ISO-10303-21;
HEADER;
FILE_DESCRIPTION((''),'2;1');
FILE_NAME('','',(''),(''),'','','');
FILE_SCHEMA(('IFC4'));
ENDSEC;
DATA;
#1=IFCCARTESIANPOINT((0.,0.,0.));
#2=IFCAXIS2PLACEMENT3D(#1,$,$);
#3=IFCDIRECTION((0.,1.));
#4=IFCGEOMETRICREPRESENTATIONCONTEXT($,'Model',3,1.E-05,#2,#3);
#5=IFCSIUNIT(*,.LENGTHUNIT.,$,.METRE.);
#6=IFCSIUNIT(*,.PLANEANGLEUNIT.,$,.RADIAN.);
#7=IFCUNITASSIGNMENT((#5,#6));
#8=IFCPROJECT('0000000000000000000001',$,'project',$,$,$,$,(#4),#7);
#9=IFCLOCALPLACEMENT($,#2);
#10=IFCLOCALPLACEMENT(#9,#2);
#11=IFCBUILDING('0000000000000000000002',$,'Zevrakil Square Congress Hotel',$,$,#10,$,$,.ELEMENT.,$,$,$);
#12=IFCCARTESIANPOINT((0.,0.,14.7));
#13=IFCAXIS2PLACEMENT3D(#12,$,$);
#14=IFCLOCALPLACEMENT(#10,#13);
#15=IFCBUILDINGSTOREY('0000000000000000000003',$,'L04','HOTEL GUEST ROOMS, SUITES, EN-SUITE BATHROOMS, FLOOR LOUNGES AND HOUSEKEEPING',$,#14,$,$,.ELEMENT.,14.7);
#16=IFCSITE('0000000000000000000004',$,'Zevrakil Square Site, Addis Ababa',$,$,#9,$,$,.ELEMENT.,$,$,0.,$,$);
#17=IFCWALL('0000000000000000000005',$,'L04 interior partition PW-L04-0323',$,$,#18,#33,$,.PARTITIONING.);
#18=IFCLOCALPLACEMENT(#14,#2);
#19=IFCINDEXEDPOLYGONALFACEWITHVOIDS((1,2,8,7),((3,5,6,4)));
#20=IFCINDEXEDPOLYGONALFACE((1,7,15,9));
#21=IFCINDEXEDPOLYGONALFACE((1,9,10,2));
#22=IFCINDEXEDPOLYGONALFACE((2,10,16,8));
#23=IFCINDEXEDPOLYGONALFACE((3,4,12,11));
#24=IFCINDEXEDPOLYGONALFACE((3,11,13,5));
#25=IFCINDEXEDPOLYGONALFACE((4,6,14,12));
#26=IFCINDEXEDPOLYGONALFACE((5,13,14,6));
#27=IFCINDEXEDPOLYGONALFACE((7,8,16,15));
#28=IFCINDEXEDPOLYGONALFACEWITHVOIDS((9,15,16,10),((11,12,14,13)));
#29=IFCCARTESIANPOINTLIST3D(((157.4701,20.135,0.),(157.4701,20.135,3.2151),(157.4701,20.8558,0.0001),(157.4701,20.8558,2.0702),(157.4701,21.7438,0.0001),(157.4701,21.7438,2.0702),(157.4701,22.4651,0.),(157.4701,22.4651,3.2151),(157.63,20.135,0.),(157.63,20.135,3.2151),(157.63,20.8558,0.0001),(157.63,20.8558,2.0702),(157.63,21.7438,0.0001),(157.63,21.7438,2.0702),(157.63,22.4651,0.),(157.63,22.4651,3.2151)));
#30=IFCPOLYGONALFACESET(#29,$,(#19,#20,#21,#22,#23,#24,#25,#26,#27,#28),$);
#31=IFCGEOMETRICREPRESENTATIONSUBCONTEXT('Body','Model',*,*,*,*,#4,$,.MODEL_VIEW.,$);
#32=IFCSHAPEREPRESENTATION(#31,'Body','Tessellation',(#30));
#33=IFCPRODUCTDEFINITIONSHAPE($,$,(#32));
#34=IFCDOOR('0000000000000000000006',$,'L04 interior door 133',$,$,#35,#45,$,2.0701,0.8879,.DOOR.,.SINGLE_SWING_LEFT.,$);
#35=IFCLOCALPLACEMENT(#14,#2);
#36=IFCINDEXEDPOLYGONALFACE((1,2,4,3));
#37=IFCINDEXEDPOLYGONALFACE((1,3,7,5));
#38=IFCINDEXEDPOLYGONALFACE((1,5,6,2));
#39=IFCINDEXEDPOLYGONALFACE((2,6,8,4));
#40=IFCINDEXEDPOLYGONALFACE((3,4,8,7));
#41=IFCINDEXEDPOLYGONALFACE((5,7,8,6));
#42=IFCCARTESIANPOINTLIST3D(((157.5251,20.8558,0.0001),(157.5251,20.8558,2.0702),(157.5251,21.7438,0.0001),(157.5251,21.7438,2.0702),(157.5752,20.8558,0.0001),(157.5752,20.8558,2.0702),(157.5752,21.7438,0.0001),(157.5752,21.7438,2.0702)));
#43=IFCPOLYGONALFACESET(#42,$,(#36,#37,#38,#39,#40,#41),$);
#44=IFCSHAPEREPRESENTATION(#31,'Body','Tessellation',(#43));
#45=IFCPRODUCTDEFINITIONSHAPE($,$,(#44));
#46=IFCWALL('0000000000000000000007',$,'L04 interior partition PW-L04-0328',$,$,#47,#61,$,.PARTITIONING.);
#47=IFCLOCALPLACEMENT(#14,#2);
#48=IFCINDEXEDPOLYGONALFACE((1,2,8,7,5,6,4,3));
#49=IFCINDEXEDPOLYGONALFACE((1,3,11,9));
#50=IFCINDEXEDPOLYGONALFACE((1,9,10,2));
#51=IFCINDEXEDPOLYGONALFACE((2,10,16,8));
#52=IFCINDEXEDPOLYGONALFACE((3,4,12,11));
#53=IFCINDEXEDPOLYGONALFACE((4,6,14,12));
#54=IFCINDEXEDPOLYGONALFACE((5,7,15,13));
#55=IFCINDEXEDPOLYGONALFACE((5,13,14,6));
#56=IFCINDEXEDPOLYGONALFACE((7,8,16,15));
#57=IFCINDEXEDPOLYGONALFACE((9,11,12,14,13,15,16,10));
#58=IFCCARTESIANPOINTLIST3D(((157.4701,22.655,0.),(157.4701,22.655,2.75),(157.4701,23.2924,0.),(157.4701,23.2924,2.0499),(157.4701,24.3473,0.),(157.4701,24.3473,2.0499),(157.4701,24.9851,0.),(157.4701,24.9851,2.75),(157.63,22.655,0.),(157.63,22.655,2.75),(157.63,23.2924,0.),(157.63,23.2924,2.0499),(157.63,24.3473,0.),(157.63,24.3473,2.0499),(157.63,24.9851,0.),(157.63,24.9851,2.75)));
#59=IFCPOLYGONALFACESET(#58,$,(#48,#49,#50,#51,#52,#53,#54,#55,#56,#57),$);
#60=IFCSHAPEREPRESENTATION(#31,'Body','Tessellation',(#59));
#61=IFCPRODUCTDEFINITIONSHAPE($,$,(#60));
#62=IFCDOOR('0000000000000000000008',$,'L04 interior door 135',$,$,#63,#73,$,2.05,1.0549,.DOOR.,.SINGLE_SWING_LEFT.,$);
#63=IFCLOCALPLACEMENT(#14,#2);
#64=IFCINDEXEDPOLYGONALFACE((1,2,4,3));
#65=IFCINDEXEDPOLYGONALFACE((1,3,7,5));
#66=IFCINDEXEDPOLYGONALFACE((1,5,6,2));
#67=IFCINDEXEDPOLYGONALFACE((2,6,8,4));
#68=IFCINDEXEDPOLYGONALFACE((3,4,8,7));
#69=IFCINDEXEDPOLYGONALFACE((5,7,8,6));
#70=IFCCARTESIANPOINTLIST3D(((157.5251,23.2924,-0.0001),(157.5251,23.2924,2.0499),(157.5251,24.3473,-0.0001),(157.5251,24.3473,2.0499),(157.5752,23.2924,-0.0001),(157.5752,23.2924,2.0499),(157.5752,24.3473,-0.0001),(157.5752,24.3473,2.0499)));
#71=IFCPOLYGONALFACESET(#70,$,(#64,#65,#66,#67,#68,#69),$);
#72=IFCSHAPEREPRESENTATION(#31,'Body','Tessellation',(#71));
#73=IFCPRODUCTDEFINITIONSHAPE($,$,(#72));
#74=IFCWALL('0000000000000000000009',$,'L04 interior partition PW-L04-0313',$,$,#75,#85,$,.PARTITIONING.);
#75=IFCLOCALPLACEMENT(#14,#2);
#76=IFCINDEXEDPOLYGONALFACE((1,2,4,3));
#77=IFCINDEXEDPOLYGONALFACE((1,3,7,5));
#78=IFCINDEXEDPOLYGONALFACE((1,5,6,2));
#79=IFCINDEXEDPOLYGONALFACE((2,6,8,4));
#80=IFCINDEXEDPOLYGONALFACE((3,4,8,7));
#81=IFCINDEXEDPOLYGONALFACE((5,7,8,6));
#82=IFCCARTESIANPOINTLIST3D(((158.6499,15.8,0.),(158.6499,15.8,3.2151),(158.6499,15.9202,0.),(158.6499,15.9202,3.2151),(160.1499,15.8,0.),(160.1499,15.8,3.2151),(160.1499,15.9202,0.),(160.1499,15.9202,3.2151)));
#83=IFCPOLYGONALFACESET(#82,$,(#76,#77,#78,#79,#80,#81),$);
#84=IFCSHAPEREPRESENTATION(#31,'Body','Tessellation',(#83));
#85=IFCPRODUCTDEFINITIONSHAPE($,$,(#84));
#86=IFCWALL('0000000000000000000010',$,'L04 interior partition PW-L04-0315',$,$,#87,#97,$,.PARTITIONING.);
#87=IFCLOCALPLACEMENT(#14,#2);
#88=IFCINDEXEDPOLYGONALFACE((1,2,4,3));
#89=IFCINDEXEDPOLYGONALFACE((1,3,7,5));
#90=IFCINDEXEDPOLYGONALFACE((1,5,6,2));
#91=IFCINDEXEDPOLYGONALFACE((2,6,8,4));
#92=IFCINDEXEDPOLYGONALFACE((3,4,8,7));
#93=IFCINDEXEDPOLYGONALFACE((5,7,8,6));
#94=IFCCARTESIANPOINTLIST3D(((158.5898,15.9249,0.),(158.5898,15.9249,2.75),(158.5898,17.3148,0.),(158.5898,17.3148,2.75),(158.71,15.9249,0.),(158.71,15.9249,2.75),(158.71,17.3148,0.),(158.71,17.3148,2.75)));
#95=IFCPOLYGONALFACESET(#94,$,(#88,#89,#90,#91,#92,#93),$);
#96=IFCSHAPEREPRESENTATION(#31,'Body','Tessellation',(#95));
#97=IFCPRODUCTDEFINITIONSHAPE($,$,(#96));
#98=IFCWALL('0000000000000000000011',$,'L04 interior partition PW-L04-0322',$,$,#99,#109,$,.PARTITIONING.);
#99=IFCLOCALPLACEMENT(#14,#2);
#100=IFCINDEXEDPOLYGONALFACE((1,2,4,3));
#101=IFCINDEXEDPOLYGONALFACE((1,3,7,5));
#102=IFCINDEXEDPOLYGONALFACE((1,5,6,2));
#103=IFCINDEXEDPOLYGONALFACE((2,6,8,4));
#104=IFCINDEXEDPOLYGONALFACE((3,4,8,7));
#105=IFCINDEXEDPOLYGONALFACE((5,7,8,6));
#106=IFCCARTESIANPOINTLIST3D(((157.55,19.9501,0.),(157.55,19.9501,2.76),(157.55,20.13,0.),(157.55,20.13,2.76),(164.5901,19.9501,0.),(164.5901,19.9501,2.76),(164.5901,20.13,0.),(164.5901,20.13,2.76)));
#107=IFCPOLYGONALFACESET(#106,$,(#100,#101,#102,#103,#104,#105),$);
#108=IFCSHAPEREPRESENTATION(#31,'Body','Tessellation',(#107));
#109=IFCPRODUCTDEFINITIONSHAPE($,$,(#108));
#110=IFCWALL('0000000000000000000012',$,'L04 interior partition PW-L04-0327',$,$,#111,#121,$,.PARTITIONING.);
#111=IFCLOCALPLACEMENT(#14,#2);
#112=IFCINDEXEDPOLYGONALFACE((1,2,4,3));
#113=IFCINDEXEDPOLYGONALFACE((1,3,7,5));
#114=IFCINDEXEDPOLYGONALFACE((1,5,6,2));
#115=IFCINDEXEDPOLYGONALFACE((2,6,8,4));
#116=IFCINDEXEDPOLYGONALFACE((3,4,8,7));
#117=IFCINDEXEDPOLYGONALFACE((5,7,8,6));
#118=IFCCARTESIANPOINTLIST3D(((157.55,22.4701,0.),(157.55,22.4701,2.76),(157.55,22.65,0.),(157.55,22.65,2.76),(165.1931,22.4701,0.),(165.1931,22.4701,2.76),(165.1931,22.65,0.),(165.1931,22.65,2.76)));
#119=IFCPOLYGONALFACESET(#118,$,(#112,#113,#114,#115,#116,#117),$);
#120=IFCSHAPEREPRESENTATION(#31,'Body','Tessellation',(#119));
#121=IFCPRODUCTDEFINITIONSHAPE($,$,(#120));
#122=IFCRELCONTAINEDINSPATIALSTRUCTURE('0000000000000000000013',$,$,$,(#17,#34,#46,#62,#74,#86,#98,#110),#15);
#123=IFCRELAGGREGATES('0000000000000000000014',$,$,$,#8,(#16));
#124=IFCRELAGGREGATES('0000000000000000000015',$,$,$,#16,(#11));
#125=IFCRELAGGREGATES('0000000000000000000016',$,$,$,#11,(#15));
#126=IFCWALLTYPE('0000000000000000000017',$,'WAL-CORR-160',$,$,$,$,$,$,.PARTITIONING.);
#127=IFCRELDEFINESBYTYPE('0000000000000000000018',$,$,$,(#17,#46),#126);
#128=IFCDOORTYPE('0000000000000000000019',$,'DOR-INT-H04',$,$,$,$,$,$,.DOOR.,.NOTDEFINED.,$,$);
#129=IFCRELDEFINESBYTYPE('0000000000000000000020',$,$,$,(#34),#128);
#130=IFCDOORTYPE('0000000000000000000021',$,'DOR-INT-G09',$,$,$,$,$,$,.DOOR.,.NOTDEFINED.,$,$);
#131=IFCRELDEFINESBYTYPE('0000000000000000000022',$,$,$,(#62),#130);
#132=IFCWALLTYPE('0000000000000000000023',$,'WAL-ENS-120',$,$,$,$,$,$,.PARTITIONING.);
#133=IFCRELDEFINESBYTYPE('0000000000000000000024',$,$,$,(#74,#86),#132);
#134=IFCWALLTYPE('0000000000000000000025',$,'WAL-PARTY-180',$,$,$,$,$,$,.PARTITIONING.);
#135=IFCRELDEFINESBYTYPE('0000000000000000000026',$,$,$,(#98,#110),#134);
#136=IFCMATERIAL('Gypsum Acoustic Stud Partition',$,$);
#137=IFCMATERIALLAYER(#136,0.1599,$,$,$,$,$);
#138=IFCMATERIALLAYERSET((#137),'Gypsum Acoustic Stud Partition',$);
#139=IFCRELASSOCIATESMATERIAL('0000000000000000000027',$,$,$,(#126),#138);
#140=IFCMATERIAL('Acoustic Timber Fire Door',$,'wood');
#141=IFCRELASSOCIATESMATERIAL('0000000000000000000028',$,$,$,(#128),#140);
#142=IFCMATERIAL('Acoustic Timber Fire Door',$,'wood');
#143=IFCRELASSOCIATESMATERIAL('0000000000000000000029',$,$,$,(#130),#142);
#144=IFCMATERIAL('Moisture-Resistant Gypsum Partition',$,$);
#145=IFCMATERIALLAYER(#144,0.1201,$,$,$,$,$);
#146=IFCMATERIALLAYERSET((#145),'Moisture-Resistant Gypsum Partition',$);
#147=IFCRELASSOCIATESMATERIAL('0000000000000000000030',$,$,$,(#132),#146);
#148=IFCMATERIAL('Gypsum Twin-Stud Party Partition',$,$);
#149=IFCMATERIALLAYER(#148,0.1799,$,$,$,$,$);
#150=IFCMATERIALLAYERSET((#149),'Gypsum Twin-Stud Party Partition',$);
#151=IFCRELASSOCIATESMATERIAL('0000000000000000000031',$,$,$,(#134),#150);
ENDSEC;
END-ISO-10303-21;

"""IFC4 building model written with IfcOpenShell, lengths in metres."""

from ifc_helpers import new_model, si_unit, direction, frame, frame_2d, origin, place, context, subcontext, project, spatial, rectangle, extrude, material, layer, layer_set, type_object, element, fill, save


model = new_model("IFC4")

# Units and contexts
model_context = context("Model", 3, precision=1e-05, world=origin(), true_north=direction((0.0, 1.0)))
body_context = subcontext(model_context, "Body", "Model", "MODEL_VIEW")
ifc_project = project(units=[si_unit("LENGTHUNIT", "METRE"), si_unit("PLANEANGLEUNIT", "RADIAN")], contexts=[model_context])

# Site, building, storey
site_placement = place(None, origin())
site = spatial("IfcSite", under=ifc_project, at=site_placement, Name="Zevrakil Square Site, Addis Ababa", CompositionType="ELEMENT", RefElevation=0.0)
building_placement = place(site_placement, origin())
building = spatial("IfcBuilding", under=site, at=building_placement, Name="Zevrakil Square Congress Hotel", CompositionType="ELEMENT")
storey_placement = place(building_placement, frame((0.0, 0.0, 14.7)))
storey = spatial("IfcBuildingStorey", under=building, at=storey_placement, Name="L04", Description="HOTEL GUEST ROOMS, SUITES, EN-SUITE BATHROOMS, FLOOR LOUNGES AND HOUSEKEEPING", CompositionType="ELEMENT", Elevation=14.7)

# Shared definitions
ifc_material_1 = material(Name="Gypsum Acoustic Stud Partition")
ifc_layer_1 = layer(ifc_material_1, 0.1599)
ifc_layer_set_1 = layer_set([ifc_layer_1], Name="Gypsum Acoustic Stud Partition")
wall_type_1 = type_object("IfcWallType", Name="WAL-CORR-160", PredefinedType="PARTITIONING", material=ifc_layer_set_1)

# Walls, openings, doors
wall_1_placement = place(storey_placement, frame((157.55, 20.135, 0.0), z_axis=(0.0, 0.0, 1.0), x_axis=(0.0, 1.0, 0.0)))
wall_1 = element("IfcWall", 1, at=wall_1_placement, inside=storey, type_object=wall_type_1, Name="L04 interior partition PW-L04-0323", PredefinedType="PARTITIONING", context=body_context, shape_type="SweptSolid", body=[
    extrude(rectangle(XDim=2.3301, YDim=0.1599, at=frame_2d((1.165, 0.0))), origin(), (0.0, 0.0, 1.0), 3.2151),
])
opening_1_placement = place(wall_1_placement, frame((0.7209, 0.0, 0.0)))
opening_1 = element("IfcOpeningElement", 2, at=opening_1_placement, cuts=wall_1, PredefinedType="OPENING", context=body_context, shape_type="SweptSolid", body=[
    extrude(rectangle(XDim=0.8879, YDim=2.0701, at=frame_2d((0.4438, 1.0352))), frame((0.0, 0.0898, 0.0), z_axis=(0.0, -1.0, 0.0), x_axis=(1.0, 0.0, 0.0)), (0.0, 0.0, 1.0), 0.1799),
])
ifc_material_2 = material(Name="Acoustic Timber Fire Door", Category="wood")
door_type_1 = type_object("IfcDoorType", Name="DOR-INT-H04", OperationType="NOTDEFINED", PredefinedType="DOOR", material=ifc_material_2)
door_1_placement = place(opening_1_placement, origin())
door_1 = element("IfcDoor", 3, at=door_1_placement, inside=storey, type_object=door_type_1, Name="L04 interior door 133", OperationType="SINGLE_SWING_LEFT", OverallHeight=2.0701, OverallWidth=0.8879, PredefinedType="DOOR", context=body_context, shape_type="SweptSolid", body=[
    extrude(rectangle(XDim=0.8879, YDim=2.0701, at=frame_2d((0.4438, 1.0352))), frame((0.0, 0.0249, 0.0), z_axis=(0.0, -1.0, 0.0), x_axis=(1.0, 0.0, 0.0)), (0.0, 0.0, 1.0), 0.05),
])
fill(opening_1, door_1)
wall_2_placement = place(storey_placement, frame((157.55, 22.655, 0.0), z_axis=(0.0, 0.0, 1.0), x_axis=(0.0, 1.0, 0.0)))
wall_2 = element("IfcWall", 4, at=wall_2_placement, inside=storey, type_object=wall_type_1, Name="L04 interior partition PW-L04-0328", PredefinedType="PARTITIONING", context=body_context, shape_type="SweptSolid", body=[
    extrude(rectangle(XDim=2.3301, YDim=0.1599, at=frame_2d((1.165, 0.0))), origin(), (0.0, 0.0, 1.0), 2.75),
])
opening_2_placement = place(wall_2_placement, frame((0.6375, 0.0, 0.0)))
opening_2 = element("IfcOpeningElement", 5, at=opening_2_placement, cuts=wall_2, PredefinedType="OPENING", context=body_context, shape_type="SweptSolid", body=[
    extrude(rectangle(XDim=1.0549, YDim=2.05, at=frame_2d((0.5273, 1.0249))), frame((0.0, 0.0898, 0.0), z_axis=(0.0, -1.0, 0.0), x_axis=(1.0, 0.0, 0.0)), (0.0, 0.0, 1.0), 0.1799),
])
ifc_material_3 = material(Name="Acoustic Timber Fire Door", Category="wood")
door_type_2 = type_object("IfcDoorType", Name="DOR-INT-G09", OperationType="NOTDEFINED", PredefinedType="DOOR", material=ifc_material_3)
door_2_placement = place(opening_2_placement, origin())
door_2 = element("IfcDoor", 6, at=door_2_placement, inside=storey, type_object=door_type_2, Name="L04 interior door 135", OperationType="SINGLE_SWING_LEFT", OverallHeight=2.05, OverallWidth=1.0549, PredefinedType="DOOR", context=body_context, shape_type="SweptSolid", body=[
    extrude(rectangle(XDim=1.0549, YDim=2.05, at=frame_2d((0.5273, 1.0249))), frame((0.0, 0.0249, 0.0), z_axis=(0.0, -1.0, 0.0), x_axis=(1.0, 0.0, 0.0)), (0.0, 0.0, 1.0), 0.05),
])
fill(opening_2, door_2)

# Walls
ifc_material_4 = material(Name="Moisture-Resistant Gypsum Partition")
ifc_layer_2 = layer(ifc_material_4, 0.1201)
ifc_layer_set_2 = layer_set([ifc_layer_2], Name="Moisture-Resistant Gypsum Partition")
wall_type_2 = type_object("IfcWallType", Name="WAL-ENS-120", PredefinedType="PARTITIONING", material=ifc_layer_set_2)
wall_3_placement = place(storey_placement, frame((158.6499, 15.8601, 0.0), z_axis=(0.0, 0.0, 1.0), x_axis=(1.0, 0.0, 0.0)))
element("IfcWall", 7, at=wall_3_placement, inside=storey, type_object=wall_type_2, Name="L04 interior partition PW-L04-0313", PredefinedType="PARTITIONING", context=body_context, shape_type="SweptSolid", body=[
    extrude(rectangle(XDim=1.5, YDim=0.1201, at=frame_2d((0.75, 0.0))), origin(), (0.0, 0.0, 1.0), 3.2151),
])
wall_4_placement = place(storey_placement, frame((158.6499, 15.925, 0.0), z_axis=(0.0, 0.0, 1.0), x_axis=(0.0, 1.0, 0.0)))
element("IfcWall", 8, at=wall_4_placement, inside=storey, type_object=wall_type_2, Name="L04 interior partition PW-L04-0315", PredefinedType="PARTITIONING", context=body_context, shape_type="SweptSolid", body=[
    extrude(rectangle(XDim=1.3899, YDim=0.1201, at=frame_2d((0.6948, 0.0))), origin(), (0.0, 0.0, 1.0), 2.75),
])
ifc_material_5 = material(Name="Gypsum Twin-Stud Party Partition")
ifc_layer_3 = layer(ifc_material_5, 0.1799)
ifc_layer_set_3 = layer_set([ifc_layer_3], Name="Gypsum Twin-Stud Party Partition")
wall_type_3 = type_object("IfcWallType", Name="WAL-PARTY-180", PredefinedType="PARTITIONING", material=ifc_layer_set_3)
wall_5_placement = place(storey_placement, frame((157.55, 20.04, 0.0), z_axis=(0.0, 0.0, 1.0), x_axis=(1.0, 0.0, 0.0)))
element("IfcWall", 9, at=wall_5_placement, inside=storey, type_object=wall_type_3, Name="L04 interior partition PW-L04-0322", PredefinedType="PARTITIONING", context=body_context, shape_type="SweptSolid", body=[
    extrude(rectangle(XDim=7.04, YDim=0.1799, at=frame_2d((3.52, 0.0))), origin(), (0.0, 0.0, 1.0), 2.76),
])
wall_6_placement = place(storey_placement, frame((157.55, 22.5601, 0.0), z_axis=(0.0, 0.0, 1.0), x_axis=(1.0, 0.0, 0.0)))
element("IfcWall", 10, at=wall_6_placement, inside=storey, type_object=wall_type_3, Name="L04 interior partition PW-L04-0327", PredefinedType="PARTITIONING", context=body_context, shape_type="SweptSolid", body=[
    extrude(rectangle(XDim=7.6431, YDim=0.1799, at=frame_2d((3.8215, 0.0))), origin(), (0.0, 0.0, 1.0), 2.76),
])

save(model, "model.ifc")
